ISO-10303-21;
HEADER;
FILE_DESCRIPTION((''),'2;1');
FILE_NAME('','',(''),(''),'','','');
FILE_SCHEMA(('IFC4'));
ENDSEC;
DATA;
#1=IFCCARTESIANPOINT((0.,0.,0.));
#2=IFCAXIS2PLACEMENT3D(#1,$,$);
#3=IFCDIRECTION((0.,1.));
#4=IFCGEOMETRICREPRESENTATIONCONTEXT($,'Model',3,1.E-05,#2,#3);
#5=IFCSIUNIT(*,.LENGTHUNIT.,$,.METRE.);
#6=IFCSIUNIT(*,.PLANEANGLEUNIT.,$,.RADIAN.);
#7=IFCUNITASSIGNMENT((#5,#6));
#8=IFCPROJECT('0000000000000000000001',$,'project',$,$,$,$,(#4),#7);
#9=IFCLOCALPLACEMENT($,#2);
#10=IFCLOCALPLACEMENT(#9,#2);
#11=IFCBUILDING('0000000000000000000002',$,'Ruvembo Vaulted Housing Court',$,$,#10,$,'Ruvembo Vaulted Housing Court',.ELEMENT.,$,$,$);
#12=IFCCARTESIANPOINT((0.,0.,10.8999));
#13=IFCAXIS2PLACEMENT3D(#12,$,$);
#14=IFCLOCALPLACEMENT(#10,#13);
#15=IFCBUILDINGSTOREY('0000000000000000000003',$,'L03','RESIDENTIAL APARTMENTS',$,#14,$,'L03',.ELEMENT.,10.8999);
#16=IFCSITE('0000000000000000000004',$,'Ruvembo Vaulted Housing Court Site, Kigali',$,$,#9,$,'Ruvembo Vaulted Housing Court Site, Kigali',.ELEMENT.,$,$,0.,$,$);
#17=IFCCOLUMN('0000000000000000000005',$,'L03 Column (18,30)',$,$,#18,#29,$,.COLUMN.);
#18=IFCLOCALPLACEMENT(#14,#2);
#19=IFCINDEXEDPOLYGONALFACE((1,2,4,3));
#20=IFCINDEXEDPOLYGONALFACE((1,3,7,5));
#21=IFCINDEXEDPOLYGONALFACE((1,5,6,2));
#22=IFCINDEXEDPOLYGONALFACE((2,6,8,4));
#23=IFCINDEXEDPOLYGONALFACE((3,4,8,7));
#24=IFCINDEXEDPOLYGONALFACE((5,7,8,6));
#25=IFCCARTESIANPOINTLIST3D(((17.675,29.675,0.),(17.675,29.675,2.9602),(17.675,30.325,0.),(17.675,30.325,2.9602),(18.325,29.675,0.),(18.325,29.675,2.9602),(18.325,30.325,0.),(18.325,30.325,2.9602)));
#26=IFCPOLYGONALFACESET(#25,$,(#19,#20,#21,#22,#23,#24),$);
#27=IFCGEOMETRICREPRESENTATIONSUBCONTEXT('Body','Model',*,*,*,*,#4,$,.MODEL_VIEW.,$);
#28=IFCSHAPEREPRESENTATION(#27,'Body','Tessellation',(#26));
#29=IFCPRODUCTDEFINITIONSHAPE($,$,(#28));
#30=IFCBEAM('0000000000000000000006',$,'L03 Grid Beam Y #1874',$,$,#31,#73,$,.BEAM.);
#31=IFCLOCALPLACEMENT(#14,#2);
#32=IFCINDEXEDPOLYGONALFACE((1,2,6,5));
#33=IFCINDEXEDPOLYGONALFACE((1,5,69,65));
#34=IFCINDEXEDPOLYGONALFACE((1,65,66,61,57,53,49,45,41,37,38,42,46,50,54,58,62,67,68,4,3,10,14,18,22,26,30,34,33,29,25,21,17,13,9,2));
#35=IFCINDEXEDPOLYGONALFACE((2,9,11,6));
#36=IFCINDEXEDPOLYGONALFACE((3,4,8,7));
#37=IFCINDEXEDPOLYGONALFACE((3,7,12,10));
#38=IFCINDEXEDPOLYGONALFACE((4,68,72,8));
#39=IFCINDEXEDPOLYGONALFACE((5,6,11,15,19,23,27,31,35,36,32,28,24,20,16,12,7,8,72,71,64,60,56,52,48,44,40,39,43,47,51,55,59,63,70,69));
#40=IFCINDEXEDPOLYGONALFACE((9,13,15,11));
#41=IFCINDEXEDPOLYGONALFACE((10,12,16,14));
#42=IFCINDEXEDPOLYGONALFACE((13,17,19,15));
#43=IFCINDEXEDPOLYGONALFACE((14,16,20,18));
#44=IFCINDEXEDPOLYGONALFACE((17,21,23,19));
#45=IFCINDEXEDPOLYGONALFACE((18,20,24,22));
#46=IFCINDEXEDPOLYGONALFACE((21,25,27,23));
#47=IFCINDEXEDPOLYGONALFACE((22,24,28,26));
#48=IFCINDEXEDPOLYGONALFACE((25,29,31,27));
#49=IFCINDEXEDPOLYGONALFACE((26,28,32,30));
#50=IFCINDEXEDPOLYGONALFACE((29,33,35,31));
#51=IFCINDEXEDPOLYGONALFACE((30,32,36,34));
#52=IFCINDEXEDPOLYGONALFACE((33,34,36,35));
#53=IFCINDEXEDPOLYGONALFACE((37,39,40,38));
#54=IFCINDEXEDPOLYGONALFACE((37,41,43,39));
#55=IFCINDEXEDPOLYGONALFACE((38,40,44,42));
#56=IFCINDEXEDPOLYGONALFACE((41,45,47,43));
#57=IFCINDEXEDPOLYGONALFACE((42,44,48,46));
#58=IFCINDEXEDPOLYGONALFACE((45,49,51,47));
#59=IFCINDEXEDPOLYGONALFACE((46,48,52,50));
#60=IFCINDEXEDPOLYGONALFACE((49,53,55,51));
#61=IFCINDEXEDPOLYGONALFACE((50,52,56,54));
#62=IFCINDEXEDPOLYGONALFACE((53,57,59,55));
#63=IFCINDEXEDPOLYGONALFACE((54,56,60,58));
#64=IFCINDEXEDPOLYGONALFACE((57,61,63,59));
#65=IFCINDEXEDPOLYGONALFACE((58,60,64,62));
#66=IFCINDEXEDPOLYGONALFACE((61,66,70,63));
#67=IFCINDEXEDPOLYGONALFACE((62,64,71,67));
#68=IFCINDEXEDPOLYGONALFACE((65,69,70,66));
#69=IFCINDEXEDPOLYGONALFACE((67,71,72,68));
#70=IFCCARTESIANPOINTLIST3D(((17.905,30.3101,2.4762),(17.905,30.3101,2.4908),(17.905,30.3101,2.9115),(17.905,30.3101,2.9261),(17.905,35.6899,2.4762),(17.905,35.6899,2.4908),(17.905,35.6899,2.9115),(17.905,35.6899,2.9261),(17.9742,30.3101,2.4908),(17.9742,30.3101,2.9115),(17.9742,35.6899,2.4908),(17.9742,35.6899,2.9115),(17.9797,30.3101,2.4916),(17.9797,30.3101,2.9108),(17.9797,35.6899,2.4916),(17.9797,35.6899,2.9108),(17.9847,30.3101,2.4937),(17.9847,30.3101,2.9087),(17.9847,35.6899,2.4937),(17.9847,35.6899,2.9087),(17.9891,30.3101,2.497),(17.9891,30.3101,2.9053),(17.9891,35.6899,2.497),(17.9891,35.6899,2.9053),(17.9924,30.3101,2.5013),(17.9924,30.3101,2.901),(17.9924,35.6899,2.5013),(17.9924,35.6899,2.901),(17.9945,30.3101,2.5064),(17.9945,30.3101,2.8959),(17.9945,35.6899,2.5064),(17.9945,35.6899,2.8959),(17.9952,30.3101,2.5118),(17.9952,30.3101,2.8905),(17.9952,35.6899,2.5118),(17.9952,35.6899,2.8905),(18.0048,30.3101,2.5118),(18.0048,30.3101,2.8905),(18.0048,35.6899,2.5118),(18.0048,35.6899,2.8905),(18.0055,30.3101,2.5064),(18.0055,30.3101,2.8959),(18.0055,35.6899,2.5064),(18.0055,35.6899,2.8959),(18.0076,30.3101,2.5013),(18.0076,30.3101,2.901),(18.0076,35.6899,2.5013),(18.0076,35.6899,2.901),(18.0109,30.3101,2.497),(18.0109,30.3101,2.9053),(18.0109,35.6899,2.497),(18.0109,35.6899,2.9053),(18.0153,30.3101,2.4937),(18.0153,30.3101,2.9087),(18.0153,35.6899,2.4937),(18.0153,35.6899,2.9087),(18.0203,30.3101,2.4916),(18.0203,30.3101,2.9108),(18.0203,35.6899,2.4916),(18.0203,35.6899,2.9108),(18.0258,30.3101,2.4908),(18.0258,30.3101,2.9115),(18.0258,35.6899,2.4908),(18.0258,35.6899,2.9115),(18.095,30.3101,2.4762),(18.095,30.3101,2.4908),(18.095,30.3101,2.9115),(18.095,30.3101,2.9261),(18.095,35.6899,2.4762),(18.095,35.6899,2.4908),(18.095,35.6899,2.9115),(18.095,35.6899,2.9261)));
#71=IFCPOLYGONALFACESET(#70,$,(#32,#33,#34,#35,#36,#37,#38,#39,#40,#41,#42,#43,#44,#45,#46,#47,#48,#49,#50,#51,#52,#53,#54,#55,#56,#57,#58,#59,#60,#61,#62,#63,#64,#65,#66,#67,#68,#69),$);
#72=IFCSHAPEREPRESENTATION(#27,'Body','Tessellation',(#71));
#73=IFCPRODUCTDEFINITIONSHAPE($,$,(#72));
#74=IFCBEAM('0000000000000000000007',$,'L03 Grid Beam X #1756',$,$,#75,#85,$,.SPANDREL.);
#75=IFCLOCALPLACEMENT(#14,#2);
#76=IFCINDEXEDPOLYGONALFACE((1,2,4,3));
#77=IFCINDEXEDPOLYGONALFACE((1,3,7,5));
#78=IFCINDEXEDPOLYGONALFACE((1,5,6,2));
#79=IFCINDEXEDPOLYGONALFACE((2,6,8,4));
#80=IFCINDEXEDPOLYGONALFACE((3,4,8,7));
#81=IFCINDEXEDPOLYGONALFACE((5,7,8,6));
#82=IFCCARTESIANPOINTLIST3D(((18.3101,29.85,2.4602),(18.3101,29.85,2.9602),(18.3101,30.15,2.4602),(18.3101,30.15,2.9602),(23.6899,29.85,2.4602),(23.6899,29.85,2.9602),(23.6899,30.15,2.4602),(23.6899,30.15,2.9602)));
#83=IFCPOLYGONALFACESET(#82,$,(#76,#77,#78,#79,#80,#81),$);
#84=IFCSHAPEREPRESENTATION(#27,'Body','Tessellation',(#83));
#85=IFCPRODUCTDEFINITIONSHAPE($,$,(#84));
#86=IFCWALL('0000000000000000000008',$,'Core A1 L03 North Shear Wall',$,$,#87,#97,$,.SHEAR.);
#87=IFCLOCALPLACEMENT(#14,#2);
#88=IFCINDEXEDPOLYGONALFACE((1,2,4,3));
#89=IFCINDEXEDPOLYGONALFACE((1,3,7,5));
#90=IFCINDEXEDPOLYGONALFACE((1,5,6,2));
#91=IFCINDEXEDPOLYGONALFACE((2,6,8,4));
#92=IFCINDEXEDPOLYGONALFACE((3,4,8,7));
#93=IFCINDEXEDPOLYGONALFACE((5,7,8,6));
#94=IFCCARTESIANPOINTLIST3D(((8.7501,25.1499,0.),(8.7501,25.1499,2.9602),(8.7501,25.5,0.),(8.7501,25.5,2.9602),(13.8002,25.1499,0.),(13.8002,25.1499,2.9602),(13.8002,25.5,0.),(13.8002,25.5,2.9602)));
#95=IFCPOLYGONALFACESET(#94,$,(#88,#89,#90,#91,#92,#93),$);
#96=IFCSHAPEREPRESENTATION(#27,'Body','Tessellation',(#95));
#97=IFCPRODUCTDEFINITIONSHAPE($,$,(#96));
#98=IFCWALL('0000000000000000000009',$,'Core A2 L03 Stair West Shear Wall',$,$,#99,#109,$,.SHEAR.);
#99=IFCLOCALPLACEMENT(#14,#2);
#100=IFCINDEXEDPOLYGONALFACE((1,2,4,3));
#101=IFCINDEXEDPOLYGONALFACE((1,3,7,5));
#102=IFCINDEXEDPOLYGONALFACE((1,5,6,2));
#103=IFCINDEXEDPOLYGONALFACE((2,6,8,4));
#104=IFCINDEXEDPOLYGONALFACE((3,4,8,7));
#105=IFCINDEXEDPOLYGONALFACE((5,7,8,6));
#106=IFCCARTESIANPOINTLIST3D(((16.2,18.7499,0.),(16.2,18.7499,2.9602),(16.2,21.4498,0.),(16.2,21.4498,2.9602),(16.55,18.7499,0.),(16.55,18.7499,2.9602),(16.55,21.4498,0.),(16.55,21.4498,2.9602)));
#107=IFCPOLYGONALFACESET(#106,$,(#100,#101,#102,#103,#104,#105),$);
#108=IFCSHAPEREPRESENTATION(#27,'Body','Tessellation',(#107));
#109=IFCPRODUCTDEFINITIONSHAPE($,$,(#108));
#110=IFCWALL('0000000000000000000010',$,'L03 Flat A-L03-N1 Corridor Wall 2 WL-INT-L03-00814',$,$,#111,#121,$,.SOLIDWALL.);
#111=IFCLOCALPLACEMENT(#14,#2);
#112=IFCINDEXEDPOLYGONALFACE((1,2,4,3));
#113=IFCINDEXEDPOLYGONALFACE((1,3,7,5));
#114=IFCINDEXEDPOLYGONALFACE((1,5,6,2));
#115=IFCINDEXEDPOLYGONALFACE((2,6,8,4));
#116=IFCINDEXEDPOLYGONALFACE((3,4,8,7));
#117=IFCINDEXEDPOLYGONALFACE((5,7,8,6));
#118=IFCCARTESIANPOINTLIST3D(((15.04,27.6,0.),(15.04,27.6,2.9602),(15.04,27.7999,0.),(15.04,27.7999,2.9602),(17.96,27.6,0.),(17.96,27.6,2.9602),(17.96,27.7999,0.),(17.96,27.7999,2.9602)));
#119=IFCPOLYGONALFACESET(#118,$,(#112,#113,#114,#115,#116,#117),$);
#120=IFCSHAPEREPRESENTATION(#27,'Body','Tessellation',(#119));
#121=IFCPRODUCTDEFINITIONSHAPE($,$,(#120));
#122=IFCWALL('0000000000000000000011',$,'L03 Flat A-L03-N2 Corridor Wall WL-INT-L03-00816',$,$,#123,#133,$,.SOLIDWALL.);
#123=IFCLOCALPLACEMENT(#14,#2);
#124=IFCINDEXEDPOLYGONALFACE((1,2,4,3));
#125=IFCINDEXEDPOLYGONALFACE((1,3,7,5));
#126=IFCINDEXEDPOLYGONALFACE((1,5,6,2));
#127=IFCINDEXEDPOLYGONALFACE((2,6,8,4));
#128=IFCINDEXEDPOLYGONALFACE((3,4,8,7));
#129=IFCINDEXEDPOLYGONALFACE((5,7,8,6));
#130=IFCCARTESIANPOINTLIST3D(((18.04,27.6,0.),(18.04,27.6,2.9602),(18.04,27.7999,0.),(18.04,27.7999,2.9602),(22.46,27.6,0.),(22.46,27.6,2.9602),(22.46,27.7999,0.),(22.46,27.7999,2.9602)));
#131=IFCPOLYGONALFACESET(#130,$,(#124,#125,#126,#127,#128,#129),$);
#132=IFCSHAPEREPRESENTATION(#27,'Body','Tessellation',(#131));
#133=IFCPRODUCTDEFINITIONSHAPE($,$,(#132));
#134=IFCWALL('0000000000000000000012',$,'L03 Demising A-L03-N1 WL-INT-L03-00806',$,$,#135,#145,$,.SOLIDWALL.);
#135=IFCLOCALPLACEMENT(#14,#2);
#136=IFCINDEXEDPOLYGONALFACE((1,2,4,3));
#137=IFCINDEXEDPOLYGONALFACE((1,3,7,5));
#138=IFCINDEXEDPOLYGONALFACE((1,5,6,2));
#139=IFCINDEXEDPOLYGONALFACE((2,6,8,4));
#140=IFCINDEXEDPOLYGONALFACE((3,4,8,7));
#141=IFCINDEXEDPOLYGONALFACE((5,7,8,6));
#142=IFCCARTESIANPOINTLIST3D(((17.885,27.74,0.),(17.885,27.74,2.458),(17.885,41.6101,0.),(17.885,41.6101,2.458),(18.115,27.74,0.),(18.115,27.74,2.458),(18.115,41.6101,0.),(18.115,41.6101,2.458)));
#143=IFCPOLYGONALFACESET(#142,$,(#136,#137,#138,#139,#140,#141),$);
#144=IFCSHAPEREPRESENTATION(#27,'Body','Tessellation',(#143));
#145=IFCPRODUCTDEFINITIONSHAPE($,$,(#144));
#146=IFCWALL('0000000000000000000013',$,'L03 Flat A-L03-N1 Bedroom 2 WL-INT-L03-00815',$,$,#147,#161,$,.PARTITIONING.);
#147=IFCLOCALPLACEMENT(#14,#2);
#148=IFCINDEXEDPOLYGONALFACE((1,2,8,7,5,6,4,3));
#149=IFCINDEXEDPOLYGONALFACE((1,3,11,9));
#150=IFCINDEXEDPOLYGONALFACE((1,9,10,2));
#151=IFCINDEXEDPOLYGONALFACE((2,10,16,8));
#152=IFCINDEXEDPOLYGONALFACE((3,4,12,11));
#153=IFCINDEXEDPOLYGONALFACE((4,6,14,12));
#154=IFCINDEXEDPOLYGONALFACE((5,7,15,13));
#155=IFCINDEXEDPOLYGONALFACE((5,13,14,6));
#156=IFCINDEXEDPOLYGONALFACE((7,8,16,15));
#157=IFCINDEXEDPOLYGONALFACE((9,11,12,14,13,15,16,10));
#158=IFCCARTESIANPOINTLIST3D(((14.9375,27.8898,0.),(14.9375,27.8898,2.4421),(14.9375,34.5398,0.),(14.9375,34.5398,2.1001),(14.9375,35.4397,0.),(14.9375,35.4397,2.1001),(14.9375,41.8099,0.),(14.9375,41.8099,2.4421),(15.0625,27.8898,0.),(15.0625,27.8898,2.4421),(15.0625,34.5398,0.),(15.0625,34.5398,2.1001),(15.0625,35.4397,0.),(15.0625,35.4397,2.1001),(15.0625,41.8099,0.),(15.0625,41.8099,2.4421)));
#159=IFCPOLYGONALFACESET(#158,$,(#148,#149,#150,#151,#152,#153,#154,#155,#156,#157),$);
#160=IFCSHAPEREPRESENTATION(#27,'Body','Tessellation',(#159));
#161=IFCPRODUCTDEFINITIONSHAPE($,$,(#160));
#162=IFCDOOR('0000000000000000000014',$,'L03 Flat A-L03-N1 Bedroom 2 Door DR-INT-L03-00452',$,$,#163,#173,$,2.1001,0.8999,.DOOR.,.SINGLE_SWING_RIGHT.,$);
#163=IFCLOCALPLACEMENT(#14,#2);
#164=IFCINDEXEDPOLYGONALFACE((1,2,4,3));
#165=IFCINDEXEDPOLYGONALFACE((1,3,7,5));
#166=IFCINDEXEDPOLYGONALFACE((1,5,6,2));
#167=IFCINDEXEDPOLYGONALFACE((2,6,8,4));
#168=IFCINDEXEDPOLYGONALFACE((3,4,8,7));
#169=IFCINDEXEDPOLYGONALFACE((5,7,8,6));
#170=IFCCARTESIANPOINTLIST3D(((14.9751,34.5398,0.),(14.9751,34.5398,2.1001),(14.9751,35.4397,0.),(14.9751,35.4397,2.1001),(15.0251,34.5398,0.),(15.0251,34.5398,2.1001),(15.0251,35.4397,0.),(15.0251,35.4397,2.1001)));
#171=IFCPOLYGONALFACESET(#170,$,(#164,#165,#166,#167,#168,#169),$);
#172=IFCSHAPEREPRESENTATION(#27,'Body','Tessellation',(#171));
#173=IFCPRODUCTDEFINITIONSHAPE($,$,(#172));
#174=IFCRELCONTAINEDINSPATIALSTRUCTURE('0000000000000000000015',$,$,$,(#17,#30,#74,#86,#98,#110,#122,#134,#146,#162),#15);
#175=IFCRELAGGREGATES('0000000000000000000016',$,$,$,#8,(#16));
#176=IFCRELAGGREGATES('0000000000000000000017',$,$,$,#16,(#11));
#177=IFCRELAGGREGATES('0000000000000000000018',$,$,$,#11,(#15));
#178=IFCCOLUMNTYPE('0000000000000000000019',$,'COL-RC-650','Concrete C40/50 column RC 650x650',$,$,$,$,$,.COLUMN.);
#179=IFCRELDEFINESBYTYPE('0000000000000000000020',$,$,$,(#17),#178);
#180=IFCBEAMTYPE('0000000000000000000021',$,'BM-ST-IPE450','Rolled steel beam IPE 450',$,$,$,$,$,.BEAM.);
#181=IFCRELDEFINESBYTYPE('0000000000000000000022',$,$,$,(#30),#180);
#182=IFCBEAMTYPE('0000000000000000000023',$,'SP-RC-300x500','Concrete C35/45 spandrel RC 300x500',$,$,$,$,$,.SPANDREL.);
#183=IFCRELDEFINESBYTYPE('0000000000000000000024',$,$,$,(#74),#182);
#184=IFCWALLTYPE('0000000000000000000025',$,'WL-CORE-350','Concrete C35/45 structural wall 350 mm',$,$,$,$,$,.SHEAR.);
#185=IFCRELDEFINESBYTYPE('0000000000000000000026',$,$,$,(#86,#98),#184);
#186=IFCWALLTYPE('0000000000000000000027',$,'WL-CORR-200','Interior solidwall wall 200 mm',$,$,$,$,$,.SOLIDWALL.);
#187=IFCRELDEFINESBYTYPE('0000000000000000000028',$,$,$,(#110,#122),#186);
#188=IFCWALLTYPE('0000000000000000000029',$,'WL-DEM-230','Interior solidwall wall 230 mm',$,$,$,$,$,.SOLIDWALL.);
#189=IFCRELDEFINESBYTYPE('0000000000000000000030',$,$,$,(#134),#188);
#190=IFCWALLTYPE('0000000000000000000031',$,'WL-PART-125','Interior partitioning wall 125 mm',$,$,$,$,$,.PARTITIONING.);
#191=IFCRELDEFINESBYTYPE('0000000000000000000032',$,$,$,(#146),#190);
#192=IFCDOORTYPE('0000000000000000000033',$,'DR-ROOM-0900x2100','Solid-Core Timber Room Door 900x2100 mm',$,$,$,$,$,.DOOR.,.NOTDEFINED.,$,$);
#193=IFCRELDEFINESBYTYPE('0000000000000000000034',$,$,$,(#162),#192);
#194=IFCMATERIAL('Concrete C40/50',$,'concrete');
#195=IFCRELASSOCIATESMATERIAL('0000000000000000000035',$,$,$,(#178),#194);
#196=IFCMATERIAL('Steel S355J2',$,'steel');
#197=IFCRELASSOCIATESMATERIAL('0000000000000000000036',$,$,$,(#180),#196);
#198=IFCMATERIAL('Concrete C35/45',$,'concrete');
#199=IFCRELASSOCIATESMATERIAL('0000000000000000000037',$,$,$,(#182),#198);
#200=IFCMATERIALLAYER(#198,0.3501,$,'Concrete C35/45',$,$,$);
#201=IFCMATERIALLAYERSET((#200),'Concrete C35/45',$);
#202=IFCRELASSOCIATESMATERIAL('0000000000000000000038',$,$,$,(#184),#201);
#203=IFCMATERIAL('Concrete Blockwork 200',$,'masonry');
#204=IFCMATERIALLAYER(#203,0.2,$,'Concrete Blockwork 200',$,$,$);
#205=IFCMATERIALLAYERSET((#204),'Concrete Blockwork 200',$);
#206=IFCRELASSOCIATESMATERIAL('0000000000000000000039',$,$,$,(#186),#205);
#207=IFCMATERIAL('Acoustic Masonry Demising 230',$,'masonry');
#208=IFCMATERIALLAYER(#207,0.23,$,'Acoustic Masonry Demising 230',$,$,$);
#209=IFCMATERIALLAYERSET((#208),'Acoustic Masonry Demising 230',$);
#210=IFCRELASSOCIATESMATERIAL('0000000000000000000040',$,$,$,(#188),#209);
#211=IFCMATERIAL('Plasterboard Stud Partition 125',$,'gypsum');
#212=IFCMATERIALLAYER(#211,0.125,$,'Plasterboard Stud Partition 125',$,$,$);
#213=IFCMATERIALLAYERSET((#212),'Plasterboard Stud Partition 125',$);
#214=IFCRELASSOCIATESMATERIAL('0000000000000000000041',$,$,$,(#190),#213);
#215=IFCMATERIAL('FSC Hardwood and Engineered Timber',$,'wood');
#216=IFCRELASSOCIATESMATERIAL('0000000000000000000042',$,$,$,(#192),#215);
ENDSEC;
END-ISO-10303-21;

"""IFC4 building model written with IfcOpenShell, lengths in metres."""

from ifc_helpers import new_model, si_unit, direction, frame, frame_2d, origin, origin_2d, place, context, subcontext, project, spatial, rectangle, i_section, extrude, material, layer, layer_set, material_profile, profile_set, type_object, element, fill, save


model = new_model("IFC4")

# Units and contexts
model_context = context("Model", 3, precision=1e-05, world=origin(), true_north=direction((0.0, 1.0)))
body_context = subcontext(model_context, "Body", "Model", "MODEL_VIEW")
ifc_project = project(units=[si_unit("LENGTHUNIT", "METRE"), si_unit("PLANEANGLEUNIT", "RADIAN")], contexts=[model_context])

# Site, building, storey
site_placement = place(None, origin())
site = spatial("IfcSite", under=ifc_project, at=site_placement, Name="Ruvembo Vaulted Housing Court Site, Kigali", LongName="Ruvembo Vaulted Housing Court Site, Kigali", CompositionType="ELEMENT", RefElevation=0.0)
building_placement = place(site_placement, origin())
building = spatial("IfcBuilding", under=site, at=building_placement, Name="Ruvembo Vaulted Housing Court", LongName="Ruvembo Vaulted Housing Court", CompositionType="ELEMENT")
storey_placement = place(building_placement, frame((0.0, 0.0, 10.8999)))
storey = spatial("IfcBuildingStorey", under=building, at=storey_placement, Name="L03", Description="RESIDENTIAL APARTMENTS", LongName="L03", CompositionType="ELEMENT", Elevation=10.8999)

# Column
ifc_material_1 = material(Name="Concrete C40/50", Category="concrete")
ifc_material_profile_1 = material_profile(ifc_material_1, rectangle(XDim=0.6499, YDim=0.6499, at=origin_2d()), Name="RC 650x650")
ifc_profile_set_1 = profile_set([ifc_material_profile_1], Name="Concrete C40/50")
column_type = type_object("IfcColumnType", Name="COL-RC-650", Description="Concrete C40/50 column RC 650x650", PredefinedType="COLUMN", material=ifc_profile_set_1)
column_placement = place(storey_placement, frame((18.0, 30.0, 0.0), z_axis=(0.0, 0.0, 1.0), x_axis=(1.0, 0.0, 0.0)))
element("IfcColumn", 1, at=column_placement, inside=storey, type_object=column_type, Name="L03 Column (18,30)", PredefinedType="COLUMN", context=body_context, shape_type="SweptSolid", body=[
    extrude(rectangle(XDim=0.6499, YDim=0.6499, at=origin_2d()), origin(), (0.0, 0.0, 1.0), 2.9602),
])

# Beams
ifc_material_2 = material(Name="Steel S355J2", Category="steel")
ifc_material_profile_2 = material_profile(ifc_material_2, i_section(OverallWidth=0.1899, OverallDepth=0.45, WebThickness=0.0095, FlangeThickness=0.0146, FilletRadius=0.021, at=origin_2d()), Name="IPE 450")
ifc_profile_set_2 = profile_set([ifc_material_profile_2], Name="Steel S355J2")
beam_type_1 = type_object("IfcBeamType", Name="BM-ST-IPE450", Description="Rolled steel beam IPE 450", PredefinedType="BEAM", material=ifc_profile_set_2)
beam_1_placement = place(storey_placement, frame((18.0, 30.3101, 2.7012), z_axis=(0.0, 1.0, 0.0), x_axis=(-1.0, 0.0, 0.0)))
element("IfcBeam", 2, at=beam_1_placement, inside=storey, type_object=beam_type_1, Name="L03 Grid Beam Y #1874", PredefinedType="BEAM", context=body_context, shape_type="SweptSolid", body=[
    extrude(i_section(OverallWidth=0.1899, OverallDepth=0.45, WebThickness=0.0095, FlangeThickness=0.0146, FilletRadius=0.021, at=origin_2d()), origin(), (0.0, 0.0, 1.0), 5.3799),
])
ifc_material_3 = material(Name="Concrete C35/45", Category="concrete")
ifc_material_profile_3 = material_profile(ifc_material_3, rectangle(XDim=0.3, YDim=0.5, at=origin_2d()), Name="RC 300x500")
ifc_profile_set_3 = profile_set([ifc_material_profile_3], Name="Concrete C35/45")
beam_type_2 = type_object("IfcBeamType", Name="SP-RC-300x500", Description="Concrete C35/45 spandrel RC 300x500", PredefinedType="SPANDREL", material=ifc_profile_set_3)
beam_2_placement = place(storey_placement, frame((18.3101, 30.0, 2.7102), z_axis=(1.0, 0.0, 0.0), x_axis=(0.0, 1.0, 0.0)))
element("IfcBeam", 3, at=beam_2_placement, inside=storey, type_object=beam_type_2, Name="L03 Grid Beam X #1756", PredefinedType="SPANDREL", context=body_context, shape_type="SweptSolid", body=[
    extrude(rectangle(XDim=0.3, YDim=0.5, at=origin_2d()), origin(), (0.0, 0.0, 1.0), 5.3799),
])

# Wall
ifc_layer_1 = layer(ifc_material_3, 0.3501, Name="Concrete C35/45")
ifc_layer_set_1 = layer_set([ifc_layer_1], Name="Concrete C35/45")
wall_type_1 = type_object("IfcWallType", Name="WL-CORE-350", Description="Concrete C35/45 structural wall 350 mm", PredefinedType="SHEAR", material=ifc_layer_set_1)
wall_1_placement = place(storey_placement, frame((13.8, 25.325, 0.0), z_axis=(0.0, 0.0, 1.0), x_axis=(-1.0, 0.0, 0.0)))
element("IfcWall", 4, at=wall_1_placement, inside=storey, type_object=wall_type_1, Name="Core A1 L03 North Shear Wall", PredefinedType="SHEAR", context=body_context, shape_type="SweptSolid", body=[
    extrude(rectangle(XDim=5.05, YDim=0.3501, at=frame_2d((2.5249, 0.0))), origin(), (0.0, 0.0, 1.0), 2.9602),
])

# Walls
wall_2_placement = place(storey_placement, frame((16.375, 21.45, 0.0), z_axis=(0.0, 0.0, 1.0), x_axis=(0.0, -1.0, 0.0)))
element("IfcWall", 5, at=wall_2_placement, inside=storey, type_object=wall_type_1, Name="Core A2 L03 Stair West Shear Wall", PredefinedType="SHEAR", context=body_context, shape_type="SweptSolid", body=[
    extrude(rectangle(XDim=2.7, YDim=0.3501, at=frame_2d((1.3501, 0.0))), origin(), (0.0, 0.0, 1.0), 2.9602),
])
ifc_material_4 = material(Name="Concrete Blockwork 200", Category="masonry")
ifc_layer_2 = layer(ifc_material_4, 0.2, Name="Concrete Blockwork 200")
ifc_layer_set_2 = layer_set([ifc_layer_2], Name="Concrete Blockwork 200")
wall_type_2 = type_object("IfcWallType", Name="WL-CORR-200", Description="Interior solidwall wall 200 mm", PredefinedType="SOLIDWALL", material=ifc_layer_set_2)
wall_3_placement = place(storey_placement, frame((15.04, 27.7, 0.0), z_axis=(0.0, 0.0, 1.0), x_axis=(1.0, 0.0, 0.0)))
element("IfcWall", 6, at=wall_3_placement, inside=storey, type_object=wall_type_2, Name="L03 Flat A-L03-N1 Corridor Wall 2 WL-INT-L03-00814", PredefinedType="SOLIDWALL", context=body_context, shape_type="SweptSolid", body=[
    extrude(rectangle(XDim=2.9199, YDim=0.2, at=frame_2d((1.46, 0.0))), origin(), (0.0, 0.0, 1.0), 2.9602),
])
wall_4_placement = place(storey_placement, frame((18.04, 27.7, 0.0), z_axis=(0.0, 0.0, 1.0), x_axis=(1.0, 0.0, 0.0)))
element("IfcWall", 7, at=wall_4_placement, inside=storey, type_object=wall_type_2, Name="L03 Flat A-L03-N2 Corridor Wall WL-INT-L03-00816", PredefinedType="SOLIDWALL", context=body_context, shape_type="SweptSolid", body=[
    extrude(rectangle(XDim=4.4199, YDim=0.2, at=frame_2d((2.21, 0.0))), origin(), (0.0, 0.0, 1.0), 2.9602),
])
ifc_material_5 = material(Name="Acoustic Masonry Demising 230", Category="masonry")
ifc_layer_3 = layer(ifc_material_5, 0.23, Name="Acoustic Masonry Demising 230")
ifc_layer_set_3 = layer_set([ifc_layer_3], Name="Acoustic Masonry Demising 230")
wall_type_3 = type_object("IfcWallType", Name="WL-DEM-230", Description="Interior solidwall wall 230 mm", PredefinedType="SOLIDWALL", material=ifc_layer_set_3)
wall_5_placement = place(storey_placement, frame((18.0, 27.74, 0.0), z_axis=(0.0, 0.0, 1.0), x_axis=(0.0, 1.0, 0.0)))
element("IfcWall", 8, at=wall_5_placement, inside=storey, type_object=wall_type_3, Name="L03 Demising A-L03-N1 WL-INT-L03-00806", PredefinedType="SOLIDWALL", context=body_context, shape_type="SweptSolid", body=[
    extrude(rectangle(XDim=13.8701, YDim=0.23, at=frame_2d((6.9351, 0.0))), origin(), (0.0, 0.0, 1.0), 2.458),
])

# Wall, opening, door
ifc_material_6 = material(Name="Plasterboard Stud Partition 125", Category="gypsum")
ifc_layer_4 = layer(ifc_material_6, 0.125, Name="Plasterboard Stud Partition 125")
ifc_layer_set_4 = layer_set([ifc_layer_4], Name="Plasterboard Stud Partition 125")
wall_type_4 = type_object("IfcWallType", Name="WL-PART-125", Description="Interior partitioning wall 125 mm", PredefinedType="PARTITIONING", material=ifc_layer_set_4)
wall_6_placement = place(storey_placement, frame((15.0, 27.8899, 0.0), z_axis=(0.0, 0.0, 1.0), x_axis=(0.0, 1.0, 0.0)))
wall_6 = element("IfcWall", 9, at=wall_6_placement, inside=storey, type_object=wall_type_4, Name="L03 Flat A-L03-N1 Bedroom 2 WL-INT-L03-00815", PredefinedType="PARTITIONING", context=body_context, shape_type="SweptSolid", body=[
    extrude(rectangle(XDim=13.9202, YDim=0.125, at=frame_2d((6.96, 0.0))), origin(), (0.0, 0.0, 1.0), 2.4421),
])
opening_1_placement = place(wall_6_placement, frame((6.6499, 0.0, 0.0)))
opening_1 = element("IfcOpeningElement", 10, at=opening_1_placement, cuts=wall_6, PredefinedType="OPENING", context=body_context, shape_type="SweptSolid", body=[
    extrude(rectangle(XDim=0.8999, YDim=2.1001, at=frame_2d((0.45, 1.05))), frame((0.0, 0.0725, 0.0), z_axis=(0.0, -1.0, 0.0), x_axis=(1.0, 0.0, 0.0)), (0.0, 0.0, 1.0), 0.145),
])
ifc_material_7 = material(Name="FSC Hardwood and Engineered Timber", Category="wood")
door_type_1 = type_object("IfcDoorType", Name="DR-ROOM-0900x2100", Description="Solid-Core Timber Room Door 900x2100 mm", OperationType="NOTDEFINED", PredefinedType="DOOR", material=ifc_material_7)
door_1_placement = place(opening_1_placement, origin())
door_1 = element("IfcDoor", 11, at=door_1_placement, inside=storey, type_object=door_type_1, Name="L03 Flat A-L03-N1 Bedroom 2 Door DR-INT-L03-00452", OperationType="SINGLE_SWING_RIGHT", OverallHeight=2.1001, OverallWidth=0.8999, PredefinedType="DOOR", context=body_context, shape_type="SweptSolid", body=[
    extrude(rectangle(XDim=0.8999, YDim=2.1001, at=frame_2d((0.45, 1.05))), frame((0.0, 0.0249, 0.0), z_axis=(0.0, -1.0, 0.0), x_axis=(1.0, 0.0, 0.0)), (0.0, 0.0, 1.0), 0.05),
])
fill(opening_1, door_1)

save(model, "model.ifc")
